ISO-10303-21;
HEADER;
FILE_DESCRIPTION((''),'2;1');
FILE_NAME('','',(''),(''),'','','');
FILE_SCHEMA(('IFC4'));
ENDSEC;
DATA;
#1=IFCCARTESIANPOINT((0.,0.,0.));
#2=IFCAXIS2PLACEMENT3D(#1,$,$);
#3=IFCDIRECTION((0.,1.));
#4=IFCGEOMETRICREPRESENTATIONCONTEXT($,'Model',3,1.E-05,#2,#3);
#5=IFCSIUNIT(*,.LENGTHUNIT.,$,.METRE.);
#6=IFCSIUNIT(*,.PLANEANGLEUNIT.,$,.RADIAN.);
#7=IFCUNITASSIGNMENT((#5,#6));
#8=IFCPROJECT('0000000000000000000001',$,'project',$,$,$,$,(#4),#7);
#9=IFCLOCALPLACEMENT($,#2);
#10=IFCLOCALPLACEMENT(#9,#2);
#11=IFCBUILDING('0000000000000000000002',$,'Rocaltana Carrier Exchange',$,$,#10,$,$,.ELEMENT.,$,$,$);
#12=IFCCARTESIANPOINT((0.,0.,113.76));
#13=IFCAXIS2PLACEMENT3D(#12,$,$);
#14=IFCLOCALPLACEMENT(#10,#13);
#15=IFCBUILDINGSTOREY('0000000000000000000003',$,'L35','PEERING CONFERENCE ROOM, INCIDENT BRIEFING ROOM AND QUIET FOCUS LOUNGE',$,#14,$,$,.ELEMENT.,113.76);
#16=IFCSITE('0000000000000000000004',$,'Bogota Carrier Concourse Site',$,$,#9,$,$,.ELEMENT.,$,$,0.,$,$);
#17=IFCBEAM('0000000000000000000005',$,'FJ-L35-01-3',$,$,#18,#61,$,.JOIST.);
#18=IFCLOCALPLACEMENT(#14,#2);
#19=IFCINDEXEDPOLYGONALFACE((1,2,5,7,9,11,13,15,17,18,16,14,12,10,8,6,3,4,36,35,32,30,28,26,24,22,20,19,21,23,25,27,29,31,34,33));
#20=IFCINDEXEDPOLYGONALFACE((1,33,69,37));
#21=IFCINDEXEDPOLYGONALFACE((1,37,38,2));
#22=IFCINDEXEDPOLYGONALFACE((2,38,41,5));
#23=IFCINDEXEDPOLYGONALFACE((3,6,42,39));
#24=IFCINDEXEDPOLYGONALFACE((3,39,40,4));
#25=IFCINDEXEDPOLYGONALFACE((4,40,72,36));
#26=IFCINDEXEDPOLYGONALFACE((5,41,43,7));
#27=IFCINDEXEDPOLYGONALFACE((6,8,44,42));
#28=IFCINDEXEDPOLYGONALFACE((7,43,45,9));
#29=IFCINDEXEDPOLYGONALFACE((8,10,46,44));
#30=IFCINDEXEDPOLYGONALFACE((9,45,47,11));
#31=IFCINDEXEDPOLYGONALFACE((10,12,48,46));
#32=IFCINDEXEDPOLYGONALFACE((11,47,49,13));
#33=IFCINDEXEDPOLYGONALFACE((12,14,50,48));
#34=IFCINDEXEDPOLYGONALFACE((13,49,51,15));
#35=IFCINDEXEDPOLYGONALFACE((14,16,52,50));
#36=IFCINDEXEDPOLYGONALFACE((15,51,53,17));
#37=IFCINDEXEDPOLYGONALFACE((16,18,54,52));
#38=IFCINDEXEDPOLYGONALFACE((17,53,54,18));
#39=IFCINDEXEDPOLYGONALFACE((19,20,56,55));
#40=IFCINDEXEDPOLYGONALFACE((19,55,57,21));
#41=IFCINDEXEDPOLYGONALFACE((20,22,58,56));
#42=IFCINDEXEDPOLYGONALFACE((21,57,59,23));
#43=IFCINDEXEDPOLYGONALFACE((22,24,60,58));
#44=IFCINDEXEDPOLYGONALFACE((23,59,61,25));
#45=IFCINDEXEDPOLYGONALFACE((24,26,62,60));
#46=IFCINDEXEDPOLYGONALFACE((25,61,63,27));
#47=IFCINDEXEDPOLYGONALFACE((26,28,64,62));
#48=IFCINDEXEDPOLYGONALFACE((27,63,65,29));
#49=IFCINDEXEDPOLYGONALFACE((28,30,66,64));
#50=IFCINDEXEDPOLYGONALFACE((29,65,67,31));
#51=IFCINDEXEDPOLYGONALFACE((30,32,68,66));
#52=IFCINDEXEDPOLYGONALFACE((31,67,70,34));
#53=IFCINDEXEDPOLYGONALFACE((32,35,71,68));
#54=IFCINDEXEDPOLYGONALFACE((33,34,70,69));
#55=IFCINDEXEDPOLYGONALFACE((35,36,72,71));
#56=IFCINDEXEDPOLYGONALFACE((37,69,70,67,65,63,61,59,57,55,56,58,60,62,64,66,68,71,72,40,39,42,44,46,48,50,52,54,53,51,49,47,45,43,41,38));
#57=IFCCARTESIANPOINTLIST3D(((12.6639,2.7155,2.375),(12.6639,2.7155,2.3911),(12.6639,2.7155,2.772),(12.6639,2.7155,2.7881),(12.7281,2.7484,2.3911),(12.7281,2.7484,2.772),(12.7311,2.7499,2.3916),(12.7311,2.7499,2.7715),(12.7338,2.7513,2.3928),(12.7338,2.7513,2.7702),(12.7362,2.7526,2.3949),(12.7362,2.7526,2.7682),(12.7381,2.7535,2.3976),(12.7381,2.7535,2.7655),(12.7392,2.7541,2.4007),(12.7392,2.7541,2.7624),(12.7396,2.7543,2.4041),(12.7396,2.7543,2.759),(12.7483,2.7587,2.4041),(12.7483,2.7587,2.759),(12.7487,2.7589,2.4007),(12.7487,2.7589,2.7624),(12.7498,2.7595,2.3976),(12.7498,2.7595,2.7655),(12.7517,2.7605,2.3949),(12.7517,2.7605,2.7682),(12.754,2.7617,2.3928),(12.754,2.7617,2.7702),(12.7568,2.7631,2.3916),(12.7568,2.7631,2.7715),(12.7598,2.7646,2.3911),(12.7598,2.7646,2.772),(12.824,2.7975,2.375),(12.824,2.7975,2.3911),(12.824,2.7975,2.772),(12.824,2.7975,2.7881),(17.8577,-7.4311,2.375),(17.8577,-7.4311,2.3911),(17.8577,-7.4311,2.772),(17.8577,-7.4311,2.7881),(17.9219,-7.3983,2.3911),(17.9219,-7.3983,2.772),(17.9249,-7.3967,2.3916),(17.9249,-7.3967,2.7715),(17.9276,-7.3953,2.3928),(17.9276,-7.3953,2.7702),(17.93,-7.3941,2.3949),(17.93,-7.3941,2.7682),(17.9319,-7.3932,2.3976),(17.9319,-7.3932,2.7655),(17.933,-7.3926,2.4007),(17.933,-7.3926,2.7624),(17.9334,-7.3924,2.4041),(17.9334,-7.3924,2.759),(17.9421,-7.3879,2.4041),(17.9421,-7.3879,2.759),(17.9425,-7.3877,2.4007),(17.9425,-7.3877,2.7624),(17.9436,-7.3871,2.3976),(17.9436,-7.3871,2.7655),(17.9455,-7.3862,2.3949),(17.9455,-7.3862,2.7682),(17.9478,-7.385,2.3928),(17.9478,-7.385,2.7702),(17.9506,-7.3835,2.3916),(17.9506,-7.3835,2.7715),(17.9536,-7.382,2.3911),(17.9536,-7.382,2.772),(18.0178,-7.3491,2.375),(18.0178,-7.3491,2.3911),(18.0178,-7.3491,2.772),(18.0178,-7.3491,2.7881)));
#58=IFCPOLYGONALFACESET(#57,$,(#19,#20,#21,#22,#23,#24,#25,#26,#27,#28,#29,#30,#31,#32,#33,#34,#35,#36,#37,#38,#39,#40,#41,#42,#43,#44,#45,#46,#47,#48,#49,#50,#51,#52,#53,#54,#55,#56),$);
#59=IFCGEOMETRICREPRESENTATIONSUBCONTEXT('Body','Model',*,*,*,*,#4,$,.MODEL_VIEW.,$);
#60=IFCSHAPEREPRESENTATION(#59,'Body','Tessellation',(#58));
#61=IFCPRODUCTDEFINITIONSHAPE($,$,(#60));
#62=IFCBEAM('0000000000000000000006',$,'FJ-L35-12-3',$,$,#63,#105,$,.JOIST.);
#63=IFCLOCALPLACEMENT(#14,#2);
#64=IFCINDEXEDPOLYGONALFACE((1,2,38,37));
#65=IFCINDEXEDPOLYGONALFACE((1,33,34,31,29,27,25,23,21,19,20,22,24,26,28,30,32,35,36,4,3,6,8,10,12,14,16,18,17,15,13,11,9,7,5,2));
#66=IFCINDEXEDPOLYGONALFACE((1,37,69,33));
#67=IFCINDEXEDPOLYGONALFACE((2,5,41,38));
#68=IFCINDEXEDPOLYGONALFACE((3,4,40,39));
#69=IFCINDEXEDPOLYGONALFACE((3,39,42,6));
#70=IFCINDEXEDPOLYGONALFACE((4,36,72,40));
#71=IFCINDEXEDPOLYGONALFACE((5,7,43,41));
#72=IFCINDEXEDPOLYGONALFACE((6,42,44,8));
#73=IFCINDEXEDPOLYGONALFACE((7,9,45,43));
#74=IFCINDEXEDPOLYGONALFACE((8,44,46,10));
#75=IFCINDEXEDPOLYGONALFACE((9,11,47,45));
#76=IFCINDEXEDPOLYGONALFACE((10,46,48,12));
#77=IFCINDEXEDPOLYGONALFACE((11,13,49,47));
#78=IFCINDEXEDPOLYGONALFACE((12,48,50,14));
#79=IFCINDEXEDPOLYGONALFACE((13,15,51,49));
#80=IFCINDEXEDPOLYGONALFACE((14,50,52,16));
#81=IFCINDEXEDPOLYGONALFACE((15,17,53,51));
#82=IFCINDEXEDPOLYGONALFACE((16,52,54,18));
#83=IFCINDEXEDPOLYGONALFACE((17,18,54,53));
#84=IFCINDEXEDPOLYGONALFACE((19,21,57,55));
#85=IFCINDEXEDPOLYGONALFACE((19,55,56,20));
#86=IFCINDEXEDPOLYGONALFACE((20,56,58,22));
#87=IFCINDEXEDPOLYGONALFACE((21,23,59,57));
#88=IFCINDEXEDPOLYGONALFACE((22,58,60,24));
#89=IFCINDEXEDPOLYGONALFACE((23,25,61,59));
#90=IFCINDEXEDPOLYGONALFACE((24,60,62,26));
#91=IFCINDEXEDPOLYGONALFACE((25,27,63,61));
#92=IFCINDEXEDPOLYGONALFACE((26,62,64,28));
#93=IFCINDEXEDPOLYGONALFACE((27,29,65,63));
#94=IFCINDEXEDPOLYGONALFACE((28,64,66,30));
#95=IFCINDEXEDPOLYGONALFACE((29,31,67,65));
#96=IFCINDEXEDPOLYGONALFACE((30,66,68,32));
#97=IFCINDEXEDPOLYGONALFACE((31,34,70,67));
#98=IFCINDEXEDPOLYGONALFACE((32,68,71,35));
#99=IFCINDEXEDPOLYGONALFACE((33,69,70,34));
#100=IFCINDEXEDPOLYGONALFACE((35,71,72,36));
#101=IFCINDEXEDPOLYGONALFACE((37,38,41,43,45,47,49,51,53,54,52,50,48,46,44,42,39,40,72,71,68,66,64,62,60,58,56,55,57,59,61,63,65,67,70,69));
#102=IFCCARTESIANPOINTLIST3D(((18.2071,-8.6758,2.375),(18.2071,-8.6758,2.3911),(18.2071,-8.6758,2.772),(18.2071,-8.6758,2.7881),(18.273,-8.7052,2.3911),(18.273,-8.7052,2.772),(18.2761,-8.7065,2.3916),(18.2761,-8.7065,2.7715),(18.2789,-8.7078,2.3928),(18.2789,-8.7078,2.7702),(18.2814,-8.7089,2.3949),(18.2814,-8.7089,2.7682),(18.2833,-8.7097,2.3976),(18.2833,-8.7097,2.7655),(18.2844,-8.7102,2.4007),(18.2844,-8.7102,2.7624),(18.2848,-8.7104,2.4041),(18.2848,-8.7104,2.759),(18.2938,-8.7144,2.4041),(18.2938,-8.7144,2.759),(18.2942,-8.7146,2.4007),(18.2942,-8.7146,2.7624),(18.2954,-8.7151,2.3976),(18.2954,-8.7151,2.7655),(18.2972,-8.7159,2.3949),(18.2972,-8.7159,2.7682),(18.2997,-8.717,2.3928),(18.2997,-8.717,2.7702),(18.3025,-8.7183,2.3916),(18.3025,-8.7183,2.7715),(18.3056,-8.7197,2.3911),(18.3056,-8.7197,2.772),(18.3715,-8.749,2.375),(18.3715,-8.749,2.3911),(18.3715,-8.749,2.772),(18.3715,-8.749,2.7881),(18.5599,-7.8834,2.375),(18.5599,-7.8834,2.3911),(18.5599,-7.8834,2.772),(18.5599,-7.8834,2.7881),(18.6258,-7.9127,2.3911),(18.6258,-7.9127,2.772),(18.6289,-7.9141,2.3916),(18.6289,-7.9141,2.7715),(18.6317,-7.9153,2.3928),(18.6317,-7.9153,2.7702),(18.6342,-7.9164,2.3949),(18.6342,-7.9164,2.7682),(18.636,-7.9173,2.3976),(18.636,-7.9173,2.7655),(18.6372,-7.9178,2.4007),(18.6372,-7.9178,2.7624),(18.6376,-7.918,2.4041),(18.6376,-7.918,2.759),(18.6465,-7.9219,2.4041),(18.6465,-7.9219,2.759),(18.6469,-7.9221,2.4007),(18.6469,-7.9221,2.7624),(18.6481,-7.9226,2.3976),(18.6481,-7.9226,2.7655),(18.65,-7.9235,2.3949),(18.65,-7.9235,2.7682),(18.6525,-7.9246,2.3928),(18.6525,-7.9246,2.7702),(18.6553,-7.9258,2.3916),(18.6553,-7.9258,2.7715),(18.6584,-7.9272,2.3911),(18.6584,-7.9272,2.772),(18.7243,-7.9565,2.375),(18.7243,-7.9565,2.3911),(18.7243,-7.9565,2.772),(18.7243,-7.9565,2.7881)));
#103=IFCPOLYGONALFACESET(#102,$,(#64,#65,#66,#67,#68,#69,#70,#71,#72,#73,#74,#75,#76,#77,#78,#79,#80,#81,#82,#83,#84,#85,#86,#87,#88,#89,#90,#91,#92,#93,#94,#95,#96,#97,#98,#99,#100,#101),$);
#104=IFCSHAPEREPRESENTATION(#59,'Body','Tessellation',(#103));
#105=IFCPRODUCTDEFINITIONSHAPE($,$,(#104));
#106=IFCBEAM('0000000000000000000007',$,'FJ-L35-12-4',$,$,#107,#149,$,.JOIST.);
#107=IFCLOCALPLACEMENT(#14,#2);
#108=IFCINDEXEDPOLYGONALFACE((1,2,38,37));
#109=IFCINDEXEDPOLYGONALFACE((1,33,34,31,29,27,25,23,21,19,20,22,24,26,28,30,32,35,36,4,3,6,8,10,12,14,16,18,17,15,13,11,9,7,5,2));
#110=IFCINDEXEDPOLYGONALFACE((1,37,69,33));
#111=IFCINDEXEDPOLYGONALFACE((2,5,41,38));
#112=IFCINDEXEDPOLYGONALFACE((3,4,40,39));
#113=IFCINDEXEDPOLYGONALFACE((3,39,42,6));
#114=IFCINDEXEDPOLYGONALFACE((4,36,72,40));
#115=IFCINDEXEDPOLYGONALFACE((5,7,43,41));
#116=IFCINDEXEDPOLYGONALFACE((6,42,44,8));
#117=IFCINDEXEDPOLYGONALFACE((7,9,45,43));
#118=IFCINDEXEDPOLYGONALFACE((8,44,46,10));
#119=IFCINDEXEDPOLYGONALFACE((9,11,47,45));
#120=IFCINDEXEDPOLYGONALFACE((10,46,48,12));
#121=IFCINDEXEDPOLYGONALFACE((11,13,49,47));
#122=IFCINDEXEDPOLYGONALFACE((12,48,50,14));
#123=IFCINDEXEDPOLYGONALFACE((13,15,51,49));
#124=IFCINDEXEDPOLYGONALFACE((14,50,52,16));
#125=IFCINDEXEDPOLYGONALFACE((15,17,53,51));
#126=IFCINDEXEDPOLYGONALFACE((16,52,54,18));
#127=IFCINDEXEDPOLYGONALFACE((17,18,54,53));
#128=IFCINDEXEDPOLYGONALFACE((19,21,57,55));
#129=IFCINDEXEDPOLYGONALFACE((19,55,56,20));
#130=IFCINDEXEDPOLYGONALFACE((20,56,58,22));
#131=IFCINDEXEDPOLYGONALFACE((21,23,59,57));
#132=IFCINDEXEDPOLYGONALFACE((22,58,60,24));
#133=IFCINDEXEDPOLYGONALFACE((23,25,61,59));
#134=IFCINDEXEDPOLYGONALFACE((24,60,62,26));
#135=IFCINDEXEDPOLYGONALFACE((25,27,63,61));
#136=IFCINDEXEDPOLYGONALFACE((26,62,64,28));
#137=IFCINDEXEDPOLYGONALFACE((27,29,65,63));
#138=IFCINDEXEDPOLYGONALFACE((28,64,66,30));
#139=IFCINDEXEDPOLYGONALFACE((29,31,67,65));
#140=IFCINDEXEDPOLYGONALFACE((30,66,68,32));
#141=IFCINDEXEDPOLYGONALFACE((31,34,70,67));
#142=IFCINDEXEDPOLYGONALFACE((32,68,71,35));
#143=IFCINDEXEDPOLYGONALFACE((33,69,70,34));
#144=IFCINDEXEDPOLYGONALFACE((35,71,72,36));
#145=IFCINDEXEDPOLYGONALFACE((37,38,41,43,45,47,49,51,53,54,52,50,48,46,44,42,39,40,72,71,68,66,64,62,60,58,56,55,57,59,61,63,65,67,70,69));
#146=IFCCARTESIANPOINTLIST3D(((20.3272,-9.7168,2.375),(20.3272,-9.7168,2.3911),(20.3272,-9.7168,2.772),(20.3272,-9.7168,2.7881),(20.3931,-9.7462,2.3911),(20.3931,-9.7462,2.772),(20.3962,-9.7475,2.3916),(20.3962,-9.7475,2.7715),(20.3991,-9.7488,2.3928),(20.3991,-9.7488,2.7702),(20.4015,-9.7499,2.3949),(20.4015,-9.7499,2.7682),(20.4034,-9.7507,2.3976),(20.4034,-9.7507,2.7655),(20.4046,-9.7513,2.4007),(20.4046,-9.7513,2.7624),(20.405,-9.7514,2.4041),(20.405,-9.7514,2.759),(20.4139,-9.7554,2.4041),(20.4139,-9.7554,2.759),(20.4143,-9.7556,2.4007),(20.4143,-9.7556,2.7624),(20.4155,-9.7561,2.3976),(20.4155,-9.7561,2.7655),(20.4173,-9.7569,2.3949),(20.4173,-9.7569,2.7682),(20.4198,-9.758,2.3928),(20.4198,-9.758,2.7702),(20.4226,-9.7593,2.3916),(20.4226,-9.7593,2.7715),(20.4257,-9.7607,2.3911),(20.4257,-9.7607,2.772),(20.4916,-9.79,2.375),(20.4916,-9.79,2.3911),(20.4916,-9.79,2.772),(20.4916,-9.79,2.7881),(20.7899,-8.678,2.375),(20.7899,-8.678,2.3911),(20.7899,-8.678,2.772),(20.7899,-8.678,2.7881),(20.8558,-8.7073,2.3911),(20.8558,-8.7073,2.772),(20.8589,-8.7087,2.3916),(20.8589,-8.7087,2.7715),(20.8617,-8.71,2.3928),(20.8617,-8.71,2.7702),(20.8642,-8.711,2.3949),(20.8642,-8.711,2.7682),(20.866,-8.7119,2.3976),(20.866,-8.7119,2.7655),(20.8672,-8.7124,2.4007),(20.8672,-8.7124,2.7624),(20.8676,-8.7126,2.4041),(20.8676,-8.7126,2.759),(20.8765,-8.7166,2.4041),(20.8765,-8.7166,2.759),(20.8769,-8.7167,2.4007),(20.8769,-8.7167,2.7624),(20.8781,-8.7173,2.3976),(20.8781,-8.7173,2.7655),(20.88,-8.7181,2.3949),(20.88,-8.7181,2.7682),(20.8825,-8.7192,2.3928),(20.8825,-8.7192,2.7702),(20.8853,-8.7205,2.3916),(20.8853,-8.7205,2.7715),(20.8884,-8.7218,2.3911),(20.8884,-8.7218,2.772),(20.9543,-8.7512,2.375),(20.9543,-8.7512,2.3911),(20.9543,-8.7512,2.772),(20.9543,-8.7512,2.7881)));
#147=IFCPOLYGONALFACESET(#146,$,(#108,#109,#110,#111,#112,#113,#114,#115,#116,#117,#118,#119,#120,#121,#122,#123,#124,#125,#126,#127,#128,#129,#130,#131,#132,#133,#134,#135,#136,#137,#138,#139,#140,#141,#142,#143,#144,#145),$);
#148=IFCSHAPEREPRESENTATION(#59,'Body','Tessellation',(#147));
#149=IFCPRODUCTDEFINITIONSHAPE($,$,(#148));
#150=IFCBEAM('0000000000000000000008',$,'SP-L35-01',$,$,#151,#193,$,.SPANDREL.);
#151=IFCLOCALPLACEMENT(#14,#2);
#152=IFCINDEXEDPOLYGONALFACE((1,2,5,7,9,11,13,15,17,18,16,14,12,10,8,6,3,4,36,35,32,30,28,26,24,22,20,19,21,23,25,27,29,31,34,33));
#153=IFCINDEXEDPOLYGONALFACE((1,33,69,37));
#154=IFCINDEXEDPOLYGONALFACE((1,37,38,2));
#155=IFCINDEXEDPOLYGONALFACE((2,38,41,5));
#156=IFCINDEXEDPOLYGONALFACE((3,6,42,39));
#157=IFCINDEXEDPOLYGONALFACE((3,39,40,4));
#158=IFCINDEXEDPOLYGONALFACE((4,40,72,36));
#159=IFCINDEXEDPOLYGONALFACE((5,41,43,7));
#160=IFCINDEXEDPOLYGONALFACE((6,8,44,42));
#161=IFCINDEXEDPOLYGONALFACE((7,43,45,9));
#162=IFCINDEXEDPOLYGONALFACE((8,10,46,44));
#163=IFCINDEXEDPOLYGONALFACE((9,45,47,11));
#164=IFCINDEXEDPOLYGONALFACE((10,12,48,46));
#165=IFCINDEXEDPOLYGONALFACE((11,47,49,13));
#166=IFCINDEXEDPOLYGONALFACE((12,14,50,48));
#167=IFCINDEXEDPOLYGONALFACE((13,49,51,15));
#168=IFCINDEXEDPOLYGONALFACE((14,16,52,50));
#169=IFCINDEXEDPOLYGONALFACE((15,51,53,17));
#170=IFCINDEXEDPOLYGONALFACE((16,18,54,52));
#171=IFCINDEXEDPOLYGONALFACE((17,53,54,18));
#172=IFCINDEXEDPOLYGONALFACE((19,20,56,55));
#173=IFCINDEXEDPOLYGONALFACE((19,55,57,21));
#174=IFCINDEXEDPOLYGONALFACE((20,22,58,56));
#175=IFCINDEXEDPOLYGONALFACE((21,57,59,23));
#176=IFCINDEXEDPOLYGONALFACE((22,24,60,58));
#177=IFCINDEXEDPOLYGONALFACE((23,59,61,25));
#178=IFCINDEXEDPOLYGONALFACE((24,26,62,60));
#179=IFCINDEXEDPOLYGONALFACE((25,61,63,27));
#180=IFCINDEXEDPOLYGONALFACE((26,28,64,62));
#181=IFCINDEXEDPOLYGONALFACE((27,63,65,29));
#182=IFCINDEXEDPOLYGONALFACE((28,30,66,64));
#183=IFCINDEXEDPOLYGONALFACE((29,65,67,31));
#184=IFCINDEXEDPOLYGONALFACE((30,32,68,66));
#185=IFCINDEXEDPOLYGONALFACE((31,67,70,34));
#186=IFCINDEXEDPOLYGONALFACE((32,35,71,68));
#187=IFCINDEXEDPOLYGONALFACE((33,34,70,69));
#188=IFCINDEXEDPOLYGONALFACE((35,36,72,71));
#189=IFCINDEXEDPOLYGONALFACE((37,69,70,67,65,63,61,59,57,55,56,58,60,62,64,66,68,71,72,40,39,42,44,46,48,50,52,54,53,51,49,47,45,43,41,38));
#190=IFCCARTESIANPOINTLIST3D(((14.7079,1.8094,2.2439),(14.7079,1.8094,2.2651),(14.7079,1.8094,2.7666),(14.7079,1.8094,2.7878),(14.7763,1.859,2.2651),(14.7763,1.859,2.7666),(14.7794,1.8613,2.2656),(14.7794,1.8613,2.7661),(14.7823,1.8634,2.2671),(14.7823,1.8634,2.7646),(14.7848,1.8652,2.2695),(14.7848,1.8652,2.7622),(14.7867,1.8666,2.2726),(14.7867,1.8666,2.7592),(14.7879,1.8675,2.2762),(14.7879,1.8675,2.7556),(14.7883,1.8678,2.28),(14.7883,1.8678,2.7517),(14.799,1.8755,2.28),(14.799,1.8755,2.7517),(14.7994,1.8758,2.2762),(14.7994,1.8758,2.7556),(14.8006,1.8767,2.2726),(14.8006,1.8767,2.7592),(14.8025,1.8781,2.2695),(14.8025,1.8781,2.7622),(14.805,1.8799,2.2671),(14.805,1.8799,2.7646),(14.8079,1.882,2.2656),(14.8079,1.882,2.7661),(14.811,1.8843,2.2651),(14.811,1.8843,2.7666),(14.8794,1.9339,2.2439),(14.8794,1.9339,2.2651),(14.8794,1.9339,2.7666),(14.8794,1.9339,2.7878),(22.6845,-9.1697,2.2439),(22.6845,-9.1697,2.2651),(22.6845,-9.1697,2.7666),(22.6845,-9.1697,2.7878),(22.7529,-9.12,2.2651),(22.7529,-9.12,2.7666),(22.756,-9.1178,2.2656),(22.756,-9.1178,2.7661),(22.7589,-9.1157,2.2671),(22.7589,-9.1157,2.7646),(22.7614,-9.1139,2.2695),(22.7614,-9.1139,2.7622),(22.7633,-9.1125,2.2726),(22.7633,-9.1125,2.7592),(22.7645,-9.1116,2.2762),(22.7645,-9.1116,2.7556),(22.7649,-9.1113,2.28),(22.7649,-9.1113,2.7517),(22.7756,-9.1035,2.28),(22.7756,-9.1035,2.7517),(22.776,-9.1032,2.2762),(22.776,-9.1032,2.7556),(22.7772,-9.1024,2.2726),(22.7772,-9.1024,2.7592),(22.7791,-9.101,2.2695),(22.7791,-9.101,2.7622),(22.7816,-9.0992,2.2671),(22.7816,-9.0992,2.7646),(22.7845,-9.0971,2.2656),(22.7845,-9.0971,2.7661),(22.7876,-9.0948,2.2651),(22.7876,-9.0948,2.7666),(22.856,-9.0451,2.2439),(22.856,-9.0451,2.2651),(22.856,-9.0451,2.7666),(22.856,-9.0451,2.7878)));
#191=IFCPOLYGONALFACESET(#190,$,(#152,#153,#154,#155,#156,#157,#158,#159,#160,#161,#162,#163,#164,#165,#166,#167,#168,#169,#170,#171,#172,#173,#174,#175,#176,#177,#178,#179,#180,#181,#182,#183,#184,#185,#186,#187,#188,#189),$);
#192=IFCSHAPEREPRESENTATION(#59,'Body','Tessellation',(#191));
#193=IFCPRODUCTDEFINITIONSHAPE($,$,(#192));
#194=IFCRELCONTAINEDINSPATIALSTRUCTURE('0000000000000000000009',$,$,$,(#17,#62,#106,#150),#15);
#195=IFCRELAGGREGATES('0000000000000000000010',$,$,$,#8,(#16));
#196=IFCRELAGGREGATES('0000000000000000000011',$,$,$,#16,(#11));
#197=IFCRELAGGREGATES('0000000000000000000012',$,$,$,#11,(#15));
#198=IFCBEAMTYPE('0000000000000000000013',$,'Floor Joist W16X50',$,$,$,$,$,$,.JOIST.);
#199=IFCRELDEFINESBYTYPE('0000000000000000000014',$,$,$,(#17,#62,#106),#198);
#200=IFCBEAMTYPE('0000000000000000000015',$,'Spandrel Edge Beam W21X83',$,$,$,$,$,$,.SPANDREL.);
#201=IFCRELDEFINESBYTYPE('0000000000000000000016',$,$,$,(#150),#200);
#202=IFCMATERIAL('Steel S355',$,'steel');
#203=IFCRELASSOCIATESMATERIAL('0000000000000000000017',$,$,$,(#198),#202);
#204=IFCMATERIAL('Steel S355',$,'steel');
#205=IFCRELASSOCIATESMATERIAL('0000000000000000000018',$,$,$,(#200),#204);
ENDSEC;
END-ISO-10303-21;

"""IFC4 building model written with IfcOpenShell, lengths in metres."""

from ifc_helpers import new_model, si_unit, direction, frame, origin, origin_2d, place, context, subcontext, project, spatial, i_section, extrude, material, material_profile, profile_set, type_object, element, save


model = new_model("IFC4")

# Units and contexts
model_context = context("Model", 3, precision=1e-05, world=origin(), true_north=direction((0.0, 1.0)))
body_context = subcontext(model_context, "Body", "Model", "MODEL_VIEW")
ifc_project = project(units=[si_unit("LENGTHUNIT", "METRE"), si_unit("PLANEANGLEUNIT", "RADIAN")], contexts=[model_context])

# Site, building, storey
site_placement = place(None, origin())
site = spatial("IfcSite", under=ifc_project, at=site_placement, Name="Bogota Carrier Concourse Site", CompositionType="ELEMENT", RefElevation=0.0)
building_placement = place(site_placement, origin())
building = spatial("IfcBuilding", under=site, at=building_placement, Name="Rocaltana Carrier Exchange", CompositionType="ELEMENT")
storey_placement = place(building_placement, frame((0.0, 0.0, 113.76)))
storey = spatial("IfcBuildingStorey", under=building, at=storey_placement, Name="L35", Description="PEERING CONFERENCE ROOM, INCIDENT BRIEFING ROOM AND QUIET FOCUS LOUNGE", CompositionType="ELEMENT", Elevation=113.76)

# Beams
ifc_material_1 = material(Name="Steel S355", Category="steel")
ifc_material_profile_1 = material_profile(ifc_material_1, i_section(OverallWidth=0.1799, OverallDepth=0.4131, WebThickness=0.0098, FlangeThickness=0.0161, FilletRadius=0.0129, at=origin_2d()), Name="W16X50")
ifc_profile_set_1 = profile_set([ifc_material_profile_1], Name="Steel S355")
beam_type_1 = type_object("IfcBeamType", Name="Floor Joist W16X50", PredefinedType="JOIST", material=ifc_profile_set_1)
beam_1_placement = place(storey_placement, frame((17.9377, -7.3901, 2.5815), z_axis=(-0.455649, 0.890159, 0.0), x_axis=(-0.890159, -0.455649, 0.0)))
element("IfcBeam", 1, at=beam_1_placement, inside=storey, type_object=beam_type_1, Name="FJ-L35-01-3", PredefinedType="JOIST", context=body_context, shape_type="SweptSolid", body=[
    extrude(i_section(OverallWidth=0.1799, OverallDepth=0.4131, WebThickness=0.0098, FlangeThickness=0.0161, FilletRadius=0.0129, at=origin_2d()), origin(), (0.0, 0.0, 1.0), 11.3987),
])
beam_2_placement = place(storey_placement, frame((18.2893, -8.7124, 2.5815), z_axis=(0.406687, 0.913568, 0.0), x_axis=(-0.913568, 0.406687, 0.0)))
element("IfcBeam", 2, at=beam_2_placement, inside=storey, type_object=beam_type_1, Name="FJ-L35-12-3", PredefinedType="JOIST", context=body_context, shape_type="SweptSolid", body=[
    extrude(i_section(OverallWidth=0.1799, OverallDepth=0.4131, WebThickness=0.0098, FlangeThickness=0.0161, FilletRadius=0.0129, at=origin_2d()), origin(), (0.0, 0.0, 1.0), 0.8674),
])
beam_3_placement = place(storey_placement, frame((20.4094, -9.7534, 2.5815), z_axis=(0.406836, 0.913501, 0.0), x_axis=(-0.913501, 0.406836, 0.0)))
element("IfcBeam", 3, at=beam_3_placement, inside=storey, type_object=beam_type_1, Name="FJ-L35-12-4", PredefinedType="JOIST", context=body_context, shape_type="SweptSolid", body=[
    extrude(i_section(OverallWidth=0.1799, OverallDepth=0.4131, WebThickness=0.0098, FlangeThickness=0.0161, FilletRadius=0.0129, at=origin_2d()), origin(), (0.0, 0.0, 1.0), 1.1372),
])
ifc_material_2 = material(Name="Steel S355", Category="steel")
ifc_material_profile_2 = material_profile(ifc_material_2, i_section(OverallWidth=0.2119, OverallDepth=0.5439, WebThickness=0.0132, FlangeThickness=0.0212, FilletRadius=0.0149, at=origin_2d()), Name="W21X83")
ifc_profile_set_2 = profile_set([ifc_material_profile_2], Name="Steel S355")
beam_type_2 = type_object("IfcBeamType", Name="Spandrel Edge Beam W21X83", PredefinedType="SPANDREL", material=ifc_profile_set_2)
beam_4_placement = place(storey_placement, frame((22.7703, -9.1074, 2.5159), z_axis=(-0.587778, 0.809022, 0.0), x_axis=(-0.809022, -0.587778, 0.0)))
element("IfcBeam", 4, at=beam_4_placement, inside=storey, type_object=beam_type_2, Name="SP-L35-01", PredefinedType="SPANDREL", context=body_context, shape_type="SweptSolid", body=[
    extrude(i_section(OverallWidth=0.2119, OverallDepth=0.5439, WebThickness=0.0132, FlangeThickness=0.0212, FilletRadius=0.0149, at=origin_2d()), origin(), (0.0, 0.0, 1.0), 13.5708),
])

save(model, "model.ifc")
